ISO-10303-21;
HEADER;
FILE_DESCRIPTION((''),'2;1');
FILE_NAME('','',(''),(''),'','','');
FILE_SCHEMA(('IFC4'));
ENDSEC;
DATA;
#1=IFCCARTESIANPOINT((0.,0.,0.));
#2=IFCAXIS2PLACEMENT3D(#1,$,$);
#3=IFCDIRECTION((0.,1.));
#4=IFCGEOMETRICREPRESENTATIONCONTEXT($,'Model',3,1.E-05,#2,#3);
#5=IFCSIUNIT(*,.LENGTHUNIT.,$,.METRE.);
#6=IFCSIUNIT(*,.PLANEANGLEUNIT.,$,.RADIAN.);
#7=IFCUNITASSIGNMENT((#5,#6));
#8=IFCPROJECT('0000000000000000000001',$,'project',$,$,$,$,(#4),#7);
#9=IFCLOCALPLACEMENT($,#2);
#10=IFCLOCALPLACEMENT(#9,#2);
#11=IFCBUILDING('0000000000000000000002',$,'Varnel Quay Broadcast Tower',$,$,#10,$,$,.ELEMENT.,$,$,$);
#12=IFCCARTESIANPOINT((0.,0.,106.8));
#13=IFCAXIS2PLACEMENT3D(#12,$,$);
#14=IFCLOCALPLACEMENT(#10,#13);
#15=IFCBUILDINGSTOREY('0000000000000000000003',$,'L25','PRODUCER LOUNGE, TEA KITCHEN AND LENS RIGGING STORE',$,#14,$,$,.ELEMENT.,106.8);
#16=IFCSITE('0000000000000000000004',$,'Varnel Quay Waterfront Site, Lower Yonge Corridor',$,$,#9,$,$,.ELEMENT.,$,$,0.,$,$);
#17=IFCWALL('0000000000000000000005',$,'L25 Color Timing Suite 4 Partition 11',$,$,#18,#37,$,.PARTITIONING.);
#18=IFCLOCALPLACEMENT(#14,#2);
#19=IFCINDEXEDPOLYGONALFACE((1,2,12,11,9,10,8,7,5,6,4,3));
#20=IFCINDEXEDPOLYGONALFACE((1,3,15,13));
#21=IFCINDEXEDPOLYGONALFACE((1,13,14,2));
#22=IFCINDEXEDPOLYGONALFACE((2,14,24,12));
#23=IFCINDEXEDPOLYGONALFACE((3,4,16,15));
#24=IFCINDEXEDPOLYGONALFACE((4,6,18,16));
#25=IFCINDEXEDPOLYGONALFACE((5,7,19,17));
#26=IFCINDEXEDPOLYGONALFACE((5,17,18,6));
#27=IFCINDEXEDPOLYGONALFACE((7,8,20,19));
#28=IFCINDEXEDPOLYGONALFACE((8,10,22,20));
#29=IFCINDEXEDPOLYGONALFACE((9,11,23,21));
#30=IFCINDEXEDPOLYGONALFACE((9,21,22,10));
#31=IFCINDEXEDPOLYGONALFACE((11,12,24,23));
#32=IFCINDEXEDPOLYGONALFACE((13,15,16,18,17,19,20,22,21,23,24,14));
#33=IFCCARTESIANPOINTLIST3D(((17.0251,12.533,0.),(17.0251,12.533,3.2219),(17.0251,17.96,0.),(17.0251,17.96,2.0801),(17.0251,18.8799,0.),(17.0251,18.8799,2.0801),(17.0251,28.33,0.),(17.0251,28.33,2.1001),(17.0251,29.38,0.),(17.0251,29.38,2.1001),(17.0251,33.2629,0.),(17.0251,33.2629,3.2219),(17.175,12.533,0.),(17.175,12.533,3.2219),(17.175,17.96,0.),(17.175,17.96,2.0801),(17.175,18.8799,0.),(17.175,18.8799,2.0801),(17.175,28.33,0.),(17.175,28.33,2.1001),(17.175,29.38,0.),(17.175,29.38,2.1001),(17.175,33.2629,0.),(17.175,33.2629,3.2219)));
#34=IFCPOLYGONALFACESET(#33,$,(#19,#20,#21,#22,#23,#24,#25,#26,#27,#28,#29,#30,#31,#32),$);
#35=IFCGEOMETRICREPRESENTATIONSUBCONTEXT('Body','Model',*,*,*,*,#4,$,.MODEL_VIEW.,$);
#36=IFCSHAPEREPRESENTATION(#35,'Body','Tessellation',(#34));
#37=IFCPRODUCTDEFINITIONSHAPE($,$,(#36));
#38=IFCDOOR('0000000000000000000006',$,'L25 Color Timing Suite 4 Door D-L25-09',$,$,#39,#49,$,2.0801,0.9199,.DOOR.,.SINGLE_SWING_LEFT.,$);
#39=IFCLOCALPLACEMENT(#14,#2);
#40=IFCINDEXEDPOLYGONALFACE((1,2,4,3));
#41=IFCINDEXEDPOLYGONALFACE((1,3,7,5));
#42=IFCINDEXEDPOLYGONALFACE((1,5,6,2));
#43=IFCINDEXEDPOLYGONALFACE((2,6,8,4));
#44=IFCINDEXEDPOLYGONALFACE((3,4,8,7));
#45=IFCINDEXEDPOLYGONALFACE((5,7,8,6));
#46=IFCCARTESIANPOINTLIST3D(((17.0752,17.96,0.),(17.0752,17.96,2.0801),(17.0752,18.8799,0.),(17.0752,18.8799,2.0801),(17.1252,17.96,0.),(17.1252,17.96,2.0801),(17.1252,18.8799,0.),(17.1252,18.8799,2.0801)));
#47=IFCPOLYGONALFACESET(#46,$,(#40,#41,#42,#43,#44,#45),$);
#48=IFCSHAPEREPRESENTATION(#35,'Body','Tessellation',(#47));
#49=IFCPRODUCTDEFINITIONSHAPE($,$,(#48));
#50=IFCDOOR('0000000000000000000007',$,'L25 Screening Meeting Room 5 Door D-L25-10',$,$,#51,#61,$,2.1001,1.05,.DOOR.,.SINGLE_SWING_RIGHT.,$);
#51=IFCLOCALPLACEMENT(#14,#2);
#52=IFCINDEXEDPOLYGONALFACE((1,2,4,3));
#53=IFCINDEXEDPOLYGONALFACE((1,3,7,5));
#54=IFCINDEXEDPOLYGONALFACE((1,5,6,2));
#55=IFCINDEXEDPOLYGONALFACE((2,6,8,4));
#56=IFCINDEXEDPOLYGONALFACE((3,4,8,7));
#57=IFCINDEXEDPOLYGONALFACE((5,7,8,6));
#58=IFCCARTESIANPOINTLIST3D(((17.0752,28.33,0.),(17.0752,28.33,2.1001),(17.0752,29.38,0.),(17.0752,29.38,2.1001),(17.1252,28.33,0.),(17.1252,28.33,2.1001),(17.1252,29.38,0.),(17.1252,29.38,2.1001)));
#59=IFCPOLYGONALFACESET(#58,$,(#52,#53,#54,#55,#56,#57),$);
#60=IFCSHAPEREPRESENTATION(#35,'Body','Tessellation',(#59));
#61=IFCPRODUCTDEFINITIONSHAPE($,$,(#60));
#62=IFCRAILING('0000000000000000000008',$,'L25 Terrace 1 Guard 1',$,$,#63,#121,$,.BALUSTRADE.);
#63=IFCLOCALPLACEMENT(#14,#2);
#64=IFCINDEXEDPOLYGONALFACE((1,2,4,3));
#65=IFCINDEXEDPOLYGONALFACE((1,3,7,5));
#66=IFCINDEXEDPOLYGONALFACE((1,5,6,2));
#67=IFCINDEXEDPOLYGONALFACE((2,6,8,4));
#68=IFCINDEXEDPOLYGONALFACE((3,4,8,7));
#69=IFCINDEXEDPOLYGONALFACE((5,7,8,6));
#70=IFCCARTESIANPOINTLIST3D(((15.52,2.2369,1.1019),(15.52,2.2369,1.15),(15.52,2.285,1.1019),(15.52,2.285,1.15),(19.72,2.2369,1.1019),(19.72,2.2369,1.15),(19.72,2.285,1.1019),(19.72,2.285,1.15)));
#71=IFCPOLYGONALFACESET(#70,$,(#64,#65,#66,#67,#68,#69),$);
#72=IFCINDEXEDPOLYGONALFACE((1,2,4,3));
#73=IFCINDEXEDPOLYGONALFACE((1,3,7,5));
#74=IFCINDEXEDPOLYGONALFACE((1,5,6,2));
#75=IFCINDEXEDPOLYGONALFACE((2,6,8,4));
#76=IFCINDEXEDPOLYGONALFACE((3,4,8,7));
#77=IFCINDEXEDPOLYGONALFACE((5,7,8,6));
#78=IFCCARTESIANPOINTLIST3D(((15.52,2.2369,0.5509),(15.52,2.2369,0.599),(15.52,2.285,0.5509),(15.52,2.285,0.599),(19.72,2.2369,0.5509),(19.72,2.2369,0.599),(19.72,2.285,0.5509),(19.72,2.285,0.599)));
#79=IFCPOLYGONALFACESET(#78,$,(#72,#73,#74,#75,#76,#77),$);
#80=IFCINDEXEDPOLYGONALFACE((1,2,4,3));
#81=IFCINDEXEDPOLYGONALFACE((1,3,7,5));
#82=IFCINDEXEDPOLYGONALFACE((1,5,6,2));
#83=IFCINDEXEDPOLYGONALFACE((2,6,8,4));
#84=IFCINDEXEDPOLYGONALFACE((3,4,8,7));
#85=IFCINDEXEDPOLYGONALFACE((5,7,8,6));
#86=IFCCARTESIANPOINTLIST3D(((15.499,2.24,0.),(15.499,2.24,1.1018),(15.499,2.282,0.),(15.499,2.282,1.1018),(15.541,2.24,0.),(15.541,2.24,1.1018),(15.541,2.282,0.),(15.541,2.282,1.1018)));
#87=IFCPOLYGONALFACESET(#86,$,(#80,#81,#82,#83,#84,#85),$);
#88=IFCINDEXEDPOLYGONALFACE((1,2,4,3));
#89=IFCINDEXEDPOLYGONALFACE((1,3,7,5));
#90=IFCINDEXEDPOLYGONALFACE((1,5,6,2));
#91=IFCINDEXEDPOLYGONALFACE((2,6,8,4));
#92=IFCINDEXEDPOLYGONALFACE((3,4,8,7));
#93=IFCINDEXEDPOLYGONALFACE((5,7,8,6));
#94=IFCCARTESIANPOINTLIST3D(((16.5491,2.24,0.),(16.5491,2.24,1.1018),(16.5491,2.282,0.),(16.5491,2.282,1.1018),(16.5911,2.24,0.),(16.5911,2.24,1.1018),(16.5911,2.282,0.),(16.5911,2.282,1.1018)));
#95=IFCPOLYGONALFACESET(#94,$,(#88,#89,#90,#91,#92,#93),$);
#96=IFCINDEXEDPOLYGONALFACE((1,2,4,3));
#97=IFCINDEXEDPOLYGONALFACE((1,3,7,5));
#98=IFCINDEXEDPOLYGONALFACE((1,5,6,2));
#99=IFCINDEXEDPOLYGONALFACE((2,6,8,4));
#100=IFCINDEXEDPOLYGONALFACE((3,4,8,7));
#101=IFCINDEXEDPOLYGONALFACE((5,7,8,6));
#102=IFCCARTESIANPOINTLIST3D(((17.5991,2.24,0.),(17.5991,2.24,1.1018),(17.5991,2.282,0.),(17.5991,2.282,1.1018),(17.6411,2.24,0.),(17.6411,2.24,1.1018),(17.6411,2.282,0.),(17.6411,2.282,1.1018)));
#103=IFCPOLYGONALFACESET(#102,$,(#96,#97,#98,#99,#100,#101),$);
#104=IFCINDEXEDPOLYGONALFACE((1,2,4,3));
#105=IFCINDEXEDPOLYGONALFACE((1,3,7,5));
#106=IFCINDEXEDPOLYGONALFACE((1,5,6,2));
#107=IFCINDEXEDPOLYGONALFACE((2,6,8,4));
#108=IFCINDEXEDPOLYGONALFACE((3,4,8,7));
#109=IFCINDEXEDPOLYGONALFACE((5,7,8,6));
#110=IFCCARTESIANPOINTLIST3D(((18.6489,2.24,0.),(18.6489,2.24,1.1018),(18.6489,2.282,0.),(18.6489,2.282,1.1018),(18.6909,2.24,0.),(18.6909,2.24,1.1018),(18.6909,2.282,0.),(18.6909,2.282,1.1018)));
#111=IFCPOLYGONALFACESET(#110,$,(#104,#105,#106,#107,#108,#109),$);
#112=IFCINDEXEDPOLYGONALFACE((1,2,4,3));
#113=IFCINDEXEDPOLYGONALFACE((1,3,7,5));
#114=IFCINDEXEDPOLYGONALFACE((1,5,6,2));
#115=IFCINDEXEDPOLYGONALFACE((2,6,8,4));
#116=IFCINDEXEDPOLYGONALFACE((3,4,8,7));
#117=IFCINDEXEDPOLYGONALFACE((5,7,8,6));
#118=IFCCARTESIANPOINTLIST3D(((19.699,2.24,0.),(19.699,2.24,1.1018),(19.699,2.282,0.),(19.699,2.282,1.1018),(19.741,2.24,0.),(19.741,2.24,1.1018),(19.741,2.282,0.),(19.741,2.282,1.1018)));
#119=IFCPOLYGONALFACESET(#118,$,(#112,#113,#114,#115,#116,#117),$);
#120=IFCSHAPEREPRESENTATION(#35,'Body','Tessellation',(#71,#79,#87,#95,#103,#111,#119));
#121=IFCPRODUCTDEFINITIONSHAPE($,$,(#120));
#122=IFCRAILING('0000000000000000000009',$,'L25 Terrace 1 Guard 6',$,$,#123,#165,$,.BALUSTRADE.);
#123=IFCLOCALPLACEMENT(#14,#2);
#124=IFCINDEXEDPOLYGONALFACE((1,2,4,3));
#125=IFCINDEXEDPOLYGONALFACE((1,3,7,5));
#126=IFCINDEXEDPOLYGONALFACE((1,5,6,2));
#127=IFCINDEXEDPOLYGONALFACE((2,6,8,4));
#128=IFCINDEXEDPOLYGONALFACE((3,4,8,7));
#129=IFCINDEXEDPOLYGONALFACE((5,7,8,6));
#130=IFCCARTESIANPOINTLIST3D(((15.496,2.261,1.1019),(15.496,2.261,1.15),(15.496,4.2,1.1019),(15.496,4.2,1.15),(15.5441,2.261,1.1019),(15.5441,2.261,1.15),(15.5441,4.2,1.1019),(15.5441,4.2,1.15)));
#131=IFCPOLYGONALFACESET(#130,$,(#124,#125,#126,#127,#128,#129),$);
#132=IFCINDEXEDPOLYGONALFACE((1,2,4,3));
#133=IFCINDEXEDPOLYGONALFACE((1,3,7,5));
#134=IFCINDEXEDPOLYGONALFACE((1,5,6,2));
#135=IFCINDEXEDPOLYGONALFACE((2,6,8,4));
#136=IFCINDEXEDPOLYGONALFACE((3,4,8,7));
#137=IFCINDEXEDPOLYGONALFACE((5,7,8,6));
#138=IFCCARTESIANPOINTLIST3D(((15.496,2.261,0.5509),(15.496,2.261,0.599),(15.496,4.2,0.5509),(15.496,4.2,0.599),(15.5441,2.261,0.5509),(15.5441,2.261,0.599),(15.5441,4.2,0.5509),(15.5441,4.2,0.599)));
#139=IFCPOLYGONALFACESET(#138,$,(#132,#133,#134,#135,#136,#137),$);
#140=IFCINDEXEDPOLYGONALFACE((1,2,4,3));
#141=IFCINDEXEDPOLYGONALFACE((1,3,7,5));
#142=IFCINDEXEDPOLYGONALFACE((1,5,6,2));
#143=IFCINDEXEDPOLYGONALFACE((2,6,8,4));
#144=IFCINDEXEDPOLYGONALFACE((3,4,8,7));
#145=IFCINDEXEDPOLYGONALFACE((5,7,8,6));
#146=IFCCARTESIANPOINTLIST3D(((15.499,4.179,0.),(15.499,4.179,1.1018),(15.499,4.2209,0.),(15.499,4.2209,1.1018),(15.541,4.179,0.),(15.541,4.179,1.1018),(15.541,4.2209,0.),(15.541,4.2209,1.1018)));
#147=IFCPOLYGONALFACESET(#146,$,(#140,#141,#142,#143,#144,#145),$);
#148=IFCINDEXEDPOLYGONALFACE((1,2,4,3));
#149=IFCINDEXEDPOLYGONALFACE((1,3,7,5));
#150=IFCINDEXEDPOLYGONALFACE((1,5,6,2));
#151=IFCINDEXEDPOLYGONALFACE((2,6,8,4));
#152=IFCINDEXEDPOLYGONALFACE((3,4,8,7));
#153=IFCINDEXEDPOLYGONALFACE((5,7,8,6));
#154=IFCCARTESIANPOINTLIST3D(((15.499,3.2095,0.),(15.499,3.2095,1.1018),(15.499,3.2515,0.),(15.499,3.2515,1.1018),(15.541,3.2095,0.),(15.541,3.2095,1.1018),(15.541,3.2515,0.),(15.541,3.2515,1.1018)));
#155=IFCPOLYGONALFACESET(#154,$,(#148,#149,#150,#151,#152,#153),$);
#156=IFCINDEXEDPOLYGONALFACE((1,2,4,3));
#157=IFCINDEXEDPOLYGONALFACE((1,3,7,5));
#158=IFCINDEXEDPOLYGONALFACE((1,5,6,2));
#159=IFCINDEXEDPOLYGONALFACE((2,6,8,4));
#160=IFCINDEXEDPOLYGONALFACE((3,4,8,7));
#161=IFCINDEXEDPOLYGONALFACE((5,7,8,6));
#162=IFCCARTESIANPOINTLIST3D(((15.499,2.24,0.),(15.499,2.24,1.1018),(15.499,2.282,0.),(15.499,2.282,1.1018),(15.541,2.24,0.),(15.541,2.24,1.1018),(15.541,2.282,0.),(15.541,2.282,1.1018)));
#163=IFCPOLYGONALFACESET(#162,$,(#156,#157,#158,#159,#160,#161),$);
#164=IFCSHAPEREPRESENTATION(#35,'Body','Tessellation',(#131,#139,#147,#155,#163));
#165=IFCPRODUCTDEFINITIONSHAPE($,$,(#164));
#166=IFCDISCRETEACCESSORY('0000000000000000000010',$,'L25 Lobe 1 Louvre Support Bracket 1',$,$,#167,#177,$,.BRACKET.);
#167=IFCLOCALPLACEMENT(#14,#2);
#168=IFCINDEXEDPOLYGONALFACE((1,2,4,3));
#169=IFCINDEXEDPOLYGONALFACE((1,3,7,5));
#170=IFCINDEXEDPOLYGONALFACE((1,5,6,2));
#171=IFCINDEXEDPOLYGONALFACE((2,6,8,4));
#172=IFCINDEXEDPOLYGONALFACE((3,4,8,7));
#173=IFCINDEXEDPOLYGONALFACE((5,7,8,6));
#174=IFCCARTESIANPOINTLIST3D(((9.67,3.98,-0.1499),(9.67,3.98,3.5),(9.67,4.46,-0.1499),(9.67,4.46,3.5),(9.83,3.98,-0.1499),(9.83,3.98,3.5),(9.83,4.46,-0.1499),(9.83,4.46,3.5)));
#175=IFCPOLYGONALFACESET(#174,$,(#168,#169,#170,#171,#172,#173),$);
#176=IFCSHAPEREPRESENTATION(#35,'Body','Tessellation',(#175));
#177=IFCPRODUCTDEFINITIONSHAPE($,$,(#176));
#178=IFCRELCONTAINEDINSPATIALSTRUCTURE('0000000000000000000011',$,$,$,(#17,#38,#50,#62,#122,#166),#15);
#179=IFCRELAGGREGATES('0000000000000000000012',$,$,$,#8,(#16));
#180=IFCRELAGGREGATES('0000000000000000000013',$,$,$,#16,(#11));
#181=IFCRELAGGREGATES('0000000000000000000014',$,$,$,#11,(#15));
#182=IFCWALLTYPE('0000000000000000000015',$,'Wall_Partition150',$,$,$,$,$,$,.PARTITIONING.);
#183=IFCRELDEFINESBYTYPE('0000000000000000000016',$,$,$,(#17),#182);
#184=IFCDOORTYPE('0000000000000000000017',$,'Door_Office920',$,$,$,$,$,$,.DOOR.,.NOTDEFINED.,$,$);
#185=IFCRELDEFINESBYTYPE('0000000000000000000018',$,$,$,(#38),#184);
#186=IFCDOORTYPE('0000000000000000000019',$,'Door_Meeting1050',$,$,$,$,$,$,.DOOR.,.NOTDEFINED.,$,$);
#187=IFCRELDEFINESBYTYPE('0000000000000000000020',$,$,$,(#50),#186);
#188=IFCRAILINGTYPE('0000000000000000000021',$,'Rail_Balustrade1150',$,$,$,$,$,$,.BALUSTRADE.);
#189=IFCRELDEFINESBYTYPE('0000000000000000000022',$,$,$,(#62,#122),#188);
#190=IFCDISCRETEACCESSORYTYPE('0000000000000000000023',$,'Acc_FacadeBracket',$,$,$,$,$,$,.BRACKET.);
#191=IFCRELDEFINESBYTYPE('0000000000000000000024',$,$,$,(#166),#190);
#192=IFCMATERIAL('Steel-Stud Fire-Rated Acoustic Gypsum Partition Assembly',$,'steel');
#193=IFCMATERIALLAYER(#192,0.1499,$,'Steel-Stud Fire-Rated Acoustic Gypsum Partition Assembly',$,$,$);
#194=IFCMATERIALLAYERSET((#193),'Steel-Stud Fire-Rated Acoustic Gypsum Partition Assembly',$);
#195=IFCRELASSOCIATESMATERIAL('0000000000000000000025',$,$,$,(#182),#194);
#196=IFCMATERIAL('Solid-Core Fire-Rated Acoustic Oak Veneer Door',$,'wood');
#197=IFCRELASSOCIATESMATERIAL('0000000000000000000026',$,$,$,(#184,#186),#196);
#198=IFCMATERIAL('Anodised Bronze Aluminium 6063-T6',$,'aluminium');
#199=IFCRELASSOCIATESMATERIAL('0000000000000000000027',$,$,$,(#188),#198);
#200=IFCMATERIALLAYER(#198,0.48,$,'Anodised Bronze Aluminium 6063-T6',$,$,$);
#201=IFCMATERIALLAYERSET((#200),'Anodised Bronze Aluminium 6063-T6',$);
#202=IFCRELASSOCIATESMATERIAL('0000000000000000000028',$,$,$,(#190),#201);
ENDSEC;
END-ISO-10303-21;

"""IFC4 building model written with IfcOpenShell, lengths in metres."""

from ifc_helpers import new_model, si_unit, direction, frame, frame_2d, origin, origin_2d, place, context, subcontext, project, spatial, rectangle, extrude, source, transform, mapped, material, layer, layer_set, type_object, type_shapes, element, fill, save


model = new_model("IFC4")

# Units and contexts
model_context = context("Model", 3, precision=1e-05, world=origin(), true_north=direction((0.0, 1.0)))
body_context = subcontext(model_context, "Body", "Model", "MODEL_VIEW")
ifc_project = project(units=[si_unit("LENGTHUNIT", "METRE"), si_unit("PLANEANGLEUNIT", "RADIAN")], contexts=[model_context])

# Site, building, storey
site_placement = place(None, origin())
site = spatial("IfcSite", under=ifc_project, at=site_placement, Name="Varnel Quay Waterfront Site, Lower Yonge Corridor", CompositionType="ELEMENT", RefElevation=0.0)
building_placement = place(site_placement, origin())
building = spatial("IfcBuilding", under=site, at=building_placement, Name="Varnel Quay Broadcast Tower", CompositionType="ELEMENT")
storey_placement = place(building_placement, frame((0.0, 0.0, 106.8)))
storey = spatial("IfcBuildingStorey", under=building, at=storey_placement, Name="L25", Description="PRODUCER LOUNGE, TEA KITCHEN AND LENS RIGGING STORE", CompositionType="ELEMENT", Elevation=106.8)

# Shared definitions
ifc_material_1 = material(Name="Anodised Bronze Aluminium 6063-T6", Category="aluminium")

# Shared definitions
ifc_material_2 = material(Name="Steel-Stud Fire-Rated Acoustic Gypsum Partition Assembly", Category="steel")

# Wall, openings, doors
ifc_layer_1 = layer(ifc_material_2, 0.1499, Name="Steel-Stud Fire-Rated Acoustic Gypsum Partition Assembly")
ifc_layer_set_1 = layer_set([ifc_layer_1], Name="Steel-Stud Fire-Rated Acoustic Gypsum Partition Assembly")
wall_type_1 = type_object("IfcWallType", Name="Wall_Partition150", PredefinedType="PARTITIONING", material=ifc_layer_set_1)
wall_1_placement = place(storey_placement, frame((17.1001, 12.533, 0.0), z_axis=(0.0, 0.0, 1.0), x_axis=(0.0, 1.0, 0.0)))
wall_1 = element("IfcWall", 1, at=wall_1_placement, inside=storey, type_object=wall_type_1, Name="L25 Color Timing Suite 4 Partition 11", PredefinedType="PARTITIONING", context=body_context, shape_type="SweptSolid", body=[
    extrude(rectangle(XDim=20.73, YDim=0.1499, at=frame_2d((10.365, 0.0))), origin(), (0.0, 0.0, 1.0), 3.2219),
])
opening_1_placement = place(wall_1_placement, frame((5.427, 0.0, 0.0)))
opening_1 = element("IfcOpeningElement", 2, at=opening_1_placement, cuts=wall_1, PredefinedType="OPENING", context=body_context, shape_type="SweptSolid", body=[
    extrude(rectangle(XDim=0.9199, YDim=2.0801, at=frame_2d((0.46, 1.04))), frame((0.0, 0.085, 0.0), z_axis=(0.0, -1.0, 0.0), x_axis=(1.0, 0.0, 0.0)), (0.0, 0.0, 1.0), 0.1699),
])
opening_2_placement = place(wall_1_placement, frame((15.7971, 0.0, 0.0)))
opening_2 = element("IfcOpeningElement", 3, at=opening_2_placement, cuts=wall_1, PredefinedType="OPENING", context=body_context, shape_type="SweptSolid", body=[
    extrude(rectangle(XDim=1.05, YDim=2.1001, at=frame_2d((0.5249, 1.05))), frame((0.0, 0.085, 0.0), z_axis=(0.0, -1.0, 0.0), x_axis=(1.0, 0.0, 0.0)), (0.0, 0.0, 1.0), 0.1699),
])
ifc_material_3 = material(Name="Solid-Core Fire-Rated Acoustic Oak Veneer Door", Category="wood")
door_type_1 = type_object("IfcDoorType", Name="Door_Office920", OperationType="NOTDEFINED", PredefinedType="DOOR", material=ifc_material_3)
shared_shape_1 = source(origin(), body_context, "Body", "SweptSolid", [
    extrude(rectangle(XDim=0.9199, YDim=2.0801, at=frame_2d((0.46, 1.04))), frame((0.0, 0.0249, 0.0), z_axis=(0.0, -1.0, 0.0), x_axis=(1.0, 0.0, 0.0)), (0.0, 0.0, 1.0), 0.05),
])
type_shapes(door_type_1, [shared_shape_1])
door_1_placement = place(opening_1_placement, origin())
door_1 = element("IfcDoor", 4, at=door_1_placement, inside=storey, type_object=door_type_1, Name="L25 Color Timing Suite 4 Door D-L25-09", OperationType="SINGLE_SWING_LEFT", OverallHeight=2.0801, OverallWidth=0.9199, PredefinedType="DOOR", context=body_context, shape_type="MappedRepresentation", body=[
    mapped(shared_shape_1, transform((0.0, 0.0, 0.0), x_axis=(1.0, 0.0, 0.0), y_axis=(0.0, 1.0, 0.0), z_axis=(0.0, 0.0, 1.0), scale=1.0)),
])
fill(opening_1, door_1)
door_type_2 = type_object("IfcDoorType", Name="Door_Meeting1050", OperationType="NOTDEFINED", PredefinedType="DOOR", material=ifc_material_3)
shared_shape_2 = source(origin(), body_context, "Body", "SweptSolid", [
    extrude(rectangle(XDim=1.05, YDim=2.1001, at=frame_2d((0.5249, 1.05))), frame((0.0, 0.0249, 0.0), z_axis=(0.0, -1.0, 0.0), x_axis=(1.0, 0.0, 0.0)), (0.0, 0.0, 1.0), 0.05),
])
type_shapes(door_type_2, [shared_shape_2])
door_2_placement = place(opening_2_placement, origin())
door_2 = element("IfcDoor", 5, at=door_2_placement, inside=storey, type_object=door_type_2, Name="L25 Screening Meeting Room 5 Door D-L25-10", OperationType="SINGLE_SWING_RIGHT", OverallHeight=2.1001, OverallWidth=1.05, PredefinedType="DOOR", context=body_context, shape_type="MappedRepresentation", body=[
    mapped(shared_shape_2, transform((0.0, 0.0, 0.0), x_axis=(1.0, 0.0, 0.0), y_axis=(0.0, 1.0, 0.0), z_axis=(0.0, 0.0, 1.0), scale=1.0)),
])
fill(opening_2, door_2)

# Railings
railing_type = type_object("IfcRailingType", Name="Rail_Balustrade1150", PredefinedType="BALUSTRADE", material=ifc_material_1)
railing_1_placement = place(storey_placement, frame((15.52, 2.261, 0.0)))
element("IfcRailing", 6, at=railing_1_placement, inside=storey, type_object=railing_type, Name="L25 Terrace 1 Guard 1", PredefinedType="BALUSTRADE", context=body_context, shape_type="SweptSolid", body=[
    extrude(rectangle(XDim=0.0481, YDim=0.0481, at=origin_2d()), frame((0.0, 0.0, 1.126), z_axis=(1.0, 0.0, 0.0), x_axis=(0.0, 1.0, 0.0)), (0.0, 0.0, 1.0), 4.2),
    extrude(rectangle(XDim=0.0481, YDim=0.0481, at=origin_2d()), frame((0.0, 0.0, 0.575), z_axis=(1.0, 0.0, 0.0), x_axis=(0.0, 1.0, 0.0)), (0.0, 0.0, 1.0), 4.2),
    extrude(rectangle(XDim=0.042, YDim=0.042, at=origin_2d()), origin(), (0.0, 0.0, 1.0), 1.1018),
    extrude(rectangle(XDim=0.042, YDim=0.042, at=origin_2d()), frame((1.05, 0.0, 0.0)), (0.0, 0.0, 1.0), 1.1018),
    extrude(rectangle(XDim=0.042, YDim=0.042, at=origin_2d()), frame((2.1001, 0.0, 0.0)), (0.0, 0.0, 1.0), 1.1018),
    extrude(rectangle(XDim=0.042, YDim=0.042, at=origin_2d()), frame((3.1499, 0.0, 0.0)), (0.0, 0.0, 1.0), 1.1018),
    extrude(rectangle(XDim=0.042, YDim=0.042, at=origin_2d()), frame((4.2, 0.0, 0.0)), (0.0, 0.0, 1.0), 1.1018),
])
railing_2_placement = place(storey_placement, frame((15.52, 4.2, 0.0)))
element("IfcRailing", 7, at=railing_2_placement, inside=storey, type_object=railing_type, Name="L25 Terrace 1 Guard 6", PredefinedType="BALUSTRADE", context=body_context, shape_type="SweptSolid", body=[
    extrude(rectangle(XDim=0.0481, YDim=0.0481, at=origin_2d()), frame((0.0, 0.0, 1.126), z_axis=(0.0, -1.0, 0.0), x_axis=(1.0, 0.0, 0.0)), (0.0, 0.0, 1.0), 1.939),
    extrude(rectangle(XDim=0.0481, YDim=0.0481, at=origin_2d()), frame((0.0, 0.0, 0.575), z_axis=(0.0, -1.0, 0.0), x_axis=(1.0, 0.0, 0.0)), (0.0, 0.0, 1.0), 1.939),
    extrude(rectangle(XDim=0.042, YDim=0.042, at=origin_2d()), origin(), (0.0, 0.0, 1.0), 1.1018),
    extrude(rectangle(XDim=0.042, YDim=0.042, at=origin_2d()), frame((0.0, -0.9695, 0.0)), (0.0, 0.0, 1.0), 1.1018),
    extrude(rectangle(XDim=0.042, YDim=0.042, at=origin_2d()), frame((0.0, -1.939, 0.0)), (0.0, 0.0, 1.0), 1.1018),
])

# Discrete accessory
ifc_layer_2 = layer(ifc_material_1, 0.48, Name="Anodised Bronze Aluminium 6063-T6")
ifc_layer_set_2 = layer_set([ifc_layer_2], Name="Anodised Bronze Aluminium 6063-T6")
discrete_accessory_type = type_object("IfcDiscreteAccessoryType", Name="Acc_FacadeBracket", PredefinedType="BRACKET", material=ifc_layer_set_2)
shared_shape_3 = source(origin(), body_context, "Body", "SweptSolid", [
    extrude(rectangle(XDim=0.1599, YDim=0.48, at=origin_2d()), origin(), (0.0, 0.0, 1.0), 3.6499),
])
type_shapes(discrete_accessory_type, [shared_shape_3])
discrete_accessory_placement = place(storey_placement, frame((9.75, 4.22, -0.1499), z_axis=(0.0, 0.0, 1.0), x_axis=(1.0, 0.0, 0.0)))
element("IfcDiscreteAccessory", 8, at=discrete_accessory_placement, inside=storey, type_object=discrete_accessory_type, Name="L25 Lobe 1 Louvre Support Bracket 1", PredefinedType="BRACKET", context=body_context, shape_type="MappedRepresentation", body=[
    mapped(shared_shape_3, transform((0.0, 0.0, 0.0), x_axis=(1.0, 0.0, 0.0), y_axis=(0.0, 1.0, 0.0), z_axis=(0.0, 0.0, 1.0), scale=1.0)),
])

save(model, "model.ifc")
